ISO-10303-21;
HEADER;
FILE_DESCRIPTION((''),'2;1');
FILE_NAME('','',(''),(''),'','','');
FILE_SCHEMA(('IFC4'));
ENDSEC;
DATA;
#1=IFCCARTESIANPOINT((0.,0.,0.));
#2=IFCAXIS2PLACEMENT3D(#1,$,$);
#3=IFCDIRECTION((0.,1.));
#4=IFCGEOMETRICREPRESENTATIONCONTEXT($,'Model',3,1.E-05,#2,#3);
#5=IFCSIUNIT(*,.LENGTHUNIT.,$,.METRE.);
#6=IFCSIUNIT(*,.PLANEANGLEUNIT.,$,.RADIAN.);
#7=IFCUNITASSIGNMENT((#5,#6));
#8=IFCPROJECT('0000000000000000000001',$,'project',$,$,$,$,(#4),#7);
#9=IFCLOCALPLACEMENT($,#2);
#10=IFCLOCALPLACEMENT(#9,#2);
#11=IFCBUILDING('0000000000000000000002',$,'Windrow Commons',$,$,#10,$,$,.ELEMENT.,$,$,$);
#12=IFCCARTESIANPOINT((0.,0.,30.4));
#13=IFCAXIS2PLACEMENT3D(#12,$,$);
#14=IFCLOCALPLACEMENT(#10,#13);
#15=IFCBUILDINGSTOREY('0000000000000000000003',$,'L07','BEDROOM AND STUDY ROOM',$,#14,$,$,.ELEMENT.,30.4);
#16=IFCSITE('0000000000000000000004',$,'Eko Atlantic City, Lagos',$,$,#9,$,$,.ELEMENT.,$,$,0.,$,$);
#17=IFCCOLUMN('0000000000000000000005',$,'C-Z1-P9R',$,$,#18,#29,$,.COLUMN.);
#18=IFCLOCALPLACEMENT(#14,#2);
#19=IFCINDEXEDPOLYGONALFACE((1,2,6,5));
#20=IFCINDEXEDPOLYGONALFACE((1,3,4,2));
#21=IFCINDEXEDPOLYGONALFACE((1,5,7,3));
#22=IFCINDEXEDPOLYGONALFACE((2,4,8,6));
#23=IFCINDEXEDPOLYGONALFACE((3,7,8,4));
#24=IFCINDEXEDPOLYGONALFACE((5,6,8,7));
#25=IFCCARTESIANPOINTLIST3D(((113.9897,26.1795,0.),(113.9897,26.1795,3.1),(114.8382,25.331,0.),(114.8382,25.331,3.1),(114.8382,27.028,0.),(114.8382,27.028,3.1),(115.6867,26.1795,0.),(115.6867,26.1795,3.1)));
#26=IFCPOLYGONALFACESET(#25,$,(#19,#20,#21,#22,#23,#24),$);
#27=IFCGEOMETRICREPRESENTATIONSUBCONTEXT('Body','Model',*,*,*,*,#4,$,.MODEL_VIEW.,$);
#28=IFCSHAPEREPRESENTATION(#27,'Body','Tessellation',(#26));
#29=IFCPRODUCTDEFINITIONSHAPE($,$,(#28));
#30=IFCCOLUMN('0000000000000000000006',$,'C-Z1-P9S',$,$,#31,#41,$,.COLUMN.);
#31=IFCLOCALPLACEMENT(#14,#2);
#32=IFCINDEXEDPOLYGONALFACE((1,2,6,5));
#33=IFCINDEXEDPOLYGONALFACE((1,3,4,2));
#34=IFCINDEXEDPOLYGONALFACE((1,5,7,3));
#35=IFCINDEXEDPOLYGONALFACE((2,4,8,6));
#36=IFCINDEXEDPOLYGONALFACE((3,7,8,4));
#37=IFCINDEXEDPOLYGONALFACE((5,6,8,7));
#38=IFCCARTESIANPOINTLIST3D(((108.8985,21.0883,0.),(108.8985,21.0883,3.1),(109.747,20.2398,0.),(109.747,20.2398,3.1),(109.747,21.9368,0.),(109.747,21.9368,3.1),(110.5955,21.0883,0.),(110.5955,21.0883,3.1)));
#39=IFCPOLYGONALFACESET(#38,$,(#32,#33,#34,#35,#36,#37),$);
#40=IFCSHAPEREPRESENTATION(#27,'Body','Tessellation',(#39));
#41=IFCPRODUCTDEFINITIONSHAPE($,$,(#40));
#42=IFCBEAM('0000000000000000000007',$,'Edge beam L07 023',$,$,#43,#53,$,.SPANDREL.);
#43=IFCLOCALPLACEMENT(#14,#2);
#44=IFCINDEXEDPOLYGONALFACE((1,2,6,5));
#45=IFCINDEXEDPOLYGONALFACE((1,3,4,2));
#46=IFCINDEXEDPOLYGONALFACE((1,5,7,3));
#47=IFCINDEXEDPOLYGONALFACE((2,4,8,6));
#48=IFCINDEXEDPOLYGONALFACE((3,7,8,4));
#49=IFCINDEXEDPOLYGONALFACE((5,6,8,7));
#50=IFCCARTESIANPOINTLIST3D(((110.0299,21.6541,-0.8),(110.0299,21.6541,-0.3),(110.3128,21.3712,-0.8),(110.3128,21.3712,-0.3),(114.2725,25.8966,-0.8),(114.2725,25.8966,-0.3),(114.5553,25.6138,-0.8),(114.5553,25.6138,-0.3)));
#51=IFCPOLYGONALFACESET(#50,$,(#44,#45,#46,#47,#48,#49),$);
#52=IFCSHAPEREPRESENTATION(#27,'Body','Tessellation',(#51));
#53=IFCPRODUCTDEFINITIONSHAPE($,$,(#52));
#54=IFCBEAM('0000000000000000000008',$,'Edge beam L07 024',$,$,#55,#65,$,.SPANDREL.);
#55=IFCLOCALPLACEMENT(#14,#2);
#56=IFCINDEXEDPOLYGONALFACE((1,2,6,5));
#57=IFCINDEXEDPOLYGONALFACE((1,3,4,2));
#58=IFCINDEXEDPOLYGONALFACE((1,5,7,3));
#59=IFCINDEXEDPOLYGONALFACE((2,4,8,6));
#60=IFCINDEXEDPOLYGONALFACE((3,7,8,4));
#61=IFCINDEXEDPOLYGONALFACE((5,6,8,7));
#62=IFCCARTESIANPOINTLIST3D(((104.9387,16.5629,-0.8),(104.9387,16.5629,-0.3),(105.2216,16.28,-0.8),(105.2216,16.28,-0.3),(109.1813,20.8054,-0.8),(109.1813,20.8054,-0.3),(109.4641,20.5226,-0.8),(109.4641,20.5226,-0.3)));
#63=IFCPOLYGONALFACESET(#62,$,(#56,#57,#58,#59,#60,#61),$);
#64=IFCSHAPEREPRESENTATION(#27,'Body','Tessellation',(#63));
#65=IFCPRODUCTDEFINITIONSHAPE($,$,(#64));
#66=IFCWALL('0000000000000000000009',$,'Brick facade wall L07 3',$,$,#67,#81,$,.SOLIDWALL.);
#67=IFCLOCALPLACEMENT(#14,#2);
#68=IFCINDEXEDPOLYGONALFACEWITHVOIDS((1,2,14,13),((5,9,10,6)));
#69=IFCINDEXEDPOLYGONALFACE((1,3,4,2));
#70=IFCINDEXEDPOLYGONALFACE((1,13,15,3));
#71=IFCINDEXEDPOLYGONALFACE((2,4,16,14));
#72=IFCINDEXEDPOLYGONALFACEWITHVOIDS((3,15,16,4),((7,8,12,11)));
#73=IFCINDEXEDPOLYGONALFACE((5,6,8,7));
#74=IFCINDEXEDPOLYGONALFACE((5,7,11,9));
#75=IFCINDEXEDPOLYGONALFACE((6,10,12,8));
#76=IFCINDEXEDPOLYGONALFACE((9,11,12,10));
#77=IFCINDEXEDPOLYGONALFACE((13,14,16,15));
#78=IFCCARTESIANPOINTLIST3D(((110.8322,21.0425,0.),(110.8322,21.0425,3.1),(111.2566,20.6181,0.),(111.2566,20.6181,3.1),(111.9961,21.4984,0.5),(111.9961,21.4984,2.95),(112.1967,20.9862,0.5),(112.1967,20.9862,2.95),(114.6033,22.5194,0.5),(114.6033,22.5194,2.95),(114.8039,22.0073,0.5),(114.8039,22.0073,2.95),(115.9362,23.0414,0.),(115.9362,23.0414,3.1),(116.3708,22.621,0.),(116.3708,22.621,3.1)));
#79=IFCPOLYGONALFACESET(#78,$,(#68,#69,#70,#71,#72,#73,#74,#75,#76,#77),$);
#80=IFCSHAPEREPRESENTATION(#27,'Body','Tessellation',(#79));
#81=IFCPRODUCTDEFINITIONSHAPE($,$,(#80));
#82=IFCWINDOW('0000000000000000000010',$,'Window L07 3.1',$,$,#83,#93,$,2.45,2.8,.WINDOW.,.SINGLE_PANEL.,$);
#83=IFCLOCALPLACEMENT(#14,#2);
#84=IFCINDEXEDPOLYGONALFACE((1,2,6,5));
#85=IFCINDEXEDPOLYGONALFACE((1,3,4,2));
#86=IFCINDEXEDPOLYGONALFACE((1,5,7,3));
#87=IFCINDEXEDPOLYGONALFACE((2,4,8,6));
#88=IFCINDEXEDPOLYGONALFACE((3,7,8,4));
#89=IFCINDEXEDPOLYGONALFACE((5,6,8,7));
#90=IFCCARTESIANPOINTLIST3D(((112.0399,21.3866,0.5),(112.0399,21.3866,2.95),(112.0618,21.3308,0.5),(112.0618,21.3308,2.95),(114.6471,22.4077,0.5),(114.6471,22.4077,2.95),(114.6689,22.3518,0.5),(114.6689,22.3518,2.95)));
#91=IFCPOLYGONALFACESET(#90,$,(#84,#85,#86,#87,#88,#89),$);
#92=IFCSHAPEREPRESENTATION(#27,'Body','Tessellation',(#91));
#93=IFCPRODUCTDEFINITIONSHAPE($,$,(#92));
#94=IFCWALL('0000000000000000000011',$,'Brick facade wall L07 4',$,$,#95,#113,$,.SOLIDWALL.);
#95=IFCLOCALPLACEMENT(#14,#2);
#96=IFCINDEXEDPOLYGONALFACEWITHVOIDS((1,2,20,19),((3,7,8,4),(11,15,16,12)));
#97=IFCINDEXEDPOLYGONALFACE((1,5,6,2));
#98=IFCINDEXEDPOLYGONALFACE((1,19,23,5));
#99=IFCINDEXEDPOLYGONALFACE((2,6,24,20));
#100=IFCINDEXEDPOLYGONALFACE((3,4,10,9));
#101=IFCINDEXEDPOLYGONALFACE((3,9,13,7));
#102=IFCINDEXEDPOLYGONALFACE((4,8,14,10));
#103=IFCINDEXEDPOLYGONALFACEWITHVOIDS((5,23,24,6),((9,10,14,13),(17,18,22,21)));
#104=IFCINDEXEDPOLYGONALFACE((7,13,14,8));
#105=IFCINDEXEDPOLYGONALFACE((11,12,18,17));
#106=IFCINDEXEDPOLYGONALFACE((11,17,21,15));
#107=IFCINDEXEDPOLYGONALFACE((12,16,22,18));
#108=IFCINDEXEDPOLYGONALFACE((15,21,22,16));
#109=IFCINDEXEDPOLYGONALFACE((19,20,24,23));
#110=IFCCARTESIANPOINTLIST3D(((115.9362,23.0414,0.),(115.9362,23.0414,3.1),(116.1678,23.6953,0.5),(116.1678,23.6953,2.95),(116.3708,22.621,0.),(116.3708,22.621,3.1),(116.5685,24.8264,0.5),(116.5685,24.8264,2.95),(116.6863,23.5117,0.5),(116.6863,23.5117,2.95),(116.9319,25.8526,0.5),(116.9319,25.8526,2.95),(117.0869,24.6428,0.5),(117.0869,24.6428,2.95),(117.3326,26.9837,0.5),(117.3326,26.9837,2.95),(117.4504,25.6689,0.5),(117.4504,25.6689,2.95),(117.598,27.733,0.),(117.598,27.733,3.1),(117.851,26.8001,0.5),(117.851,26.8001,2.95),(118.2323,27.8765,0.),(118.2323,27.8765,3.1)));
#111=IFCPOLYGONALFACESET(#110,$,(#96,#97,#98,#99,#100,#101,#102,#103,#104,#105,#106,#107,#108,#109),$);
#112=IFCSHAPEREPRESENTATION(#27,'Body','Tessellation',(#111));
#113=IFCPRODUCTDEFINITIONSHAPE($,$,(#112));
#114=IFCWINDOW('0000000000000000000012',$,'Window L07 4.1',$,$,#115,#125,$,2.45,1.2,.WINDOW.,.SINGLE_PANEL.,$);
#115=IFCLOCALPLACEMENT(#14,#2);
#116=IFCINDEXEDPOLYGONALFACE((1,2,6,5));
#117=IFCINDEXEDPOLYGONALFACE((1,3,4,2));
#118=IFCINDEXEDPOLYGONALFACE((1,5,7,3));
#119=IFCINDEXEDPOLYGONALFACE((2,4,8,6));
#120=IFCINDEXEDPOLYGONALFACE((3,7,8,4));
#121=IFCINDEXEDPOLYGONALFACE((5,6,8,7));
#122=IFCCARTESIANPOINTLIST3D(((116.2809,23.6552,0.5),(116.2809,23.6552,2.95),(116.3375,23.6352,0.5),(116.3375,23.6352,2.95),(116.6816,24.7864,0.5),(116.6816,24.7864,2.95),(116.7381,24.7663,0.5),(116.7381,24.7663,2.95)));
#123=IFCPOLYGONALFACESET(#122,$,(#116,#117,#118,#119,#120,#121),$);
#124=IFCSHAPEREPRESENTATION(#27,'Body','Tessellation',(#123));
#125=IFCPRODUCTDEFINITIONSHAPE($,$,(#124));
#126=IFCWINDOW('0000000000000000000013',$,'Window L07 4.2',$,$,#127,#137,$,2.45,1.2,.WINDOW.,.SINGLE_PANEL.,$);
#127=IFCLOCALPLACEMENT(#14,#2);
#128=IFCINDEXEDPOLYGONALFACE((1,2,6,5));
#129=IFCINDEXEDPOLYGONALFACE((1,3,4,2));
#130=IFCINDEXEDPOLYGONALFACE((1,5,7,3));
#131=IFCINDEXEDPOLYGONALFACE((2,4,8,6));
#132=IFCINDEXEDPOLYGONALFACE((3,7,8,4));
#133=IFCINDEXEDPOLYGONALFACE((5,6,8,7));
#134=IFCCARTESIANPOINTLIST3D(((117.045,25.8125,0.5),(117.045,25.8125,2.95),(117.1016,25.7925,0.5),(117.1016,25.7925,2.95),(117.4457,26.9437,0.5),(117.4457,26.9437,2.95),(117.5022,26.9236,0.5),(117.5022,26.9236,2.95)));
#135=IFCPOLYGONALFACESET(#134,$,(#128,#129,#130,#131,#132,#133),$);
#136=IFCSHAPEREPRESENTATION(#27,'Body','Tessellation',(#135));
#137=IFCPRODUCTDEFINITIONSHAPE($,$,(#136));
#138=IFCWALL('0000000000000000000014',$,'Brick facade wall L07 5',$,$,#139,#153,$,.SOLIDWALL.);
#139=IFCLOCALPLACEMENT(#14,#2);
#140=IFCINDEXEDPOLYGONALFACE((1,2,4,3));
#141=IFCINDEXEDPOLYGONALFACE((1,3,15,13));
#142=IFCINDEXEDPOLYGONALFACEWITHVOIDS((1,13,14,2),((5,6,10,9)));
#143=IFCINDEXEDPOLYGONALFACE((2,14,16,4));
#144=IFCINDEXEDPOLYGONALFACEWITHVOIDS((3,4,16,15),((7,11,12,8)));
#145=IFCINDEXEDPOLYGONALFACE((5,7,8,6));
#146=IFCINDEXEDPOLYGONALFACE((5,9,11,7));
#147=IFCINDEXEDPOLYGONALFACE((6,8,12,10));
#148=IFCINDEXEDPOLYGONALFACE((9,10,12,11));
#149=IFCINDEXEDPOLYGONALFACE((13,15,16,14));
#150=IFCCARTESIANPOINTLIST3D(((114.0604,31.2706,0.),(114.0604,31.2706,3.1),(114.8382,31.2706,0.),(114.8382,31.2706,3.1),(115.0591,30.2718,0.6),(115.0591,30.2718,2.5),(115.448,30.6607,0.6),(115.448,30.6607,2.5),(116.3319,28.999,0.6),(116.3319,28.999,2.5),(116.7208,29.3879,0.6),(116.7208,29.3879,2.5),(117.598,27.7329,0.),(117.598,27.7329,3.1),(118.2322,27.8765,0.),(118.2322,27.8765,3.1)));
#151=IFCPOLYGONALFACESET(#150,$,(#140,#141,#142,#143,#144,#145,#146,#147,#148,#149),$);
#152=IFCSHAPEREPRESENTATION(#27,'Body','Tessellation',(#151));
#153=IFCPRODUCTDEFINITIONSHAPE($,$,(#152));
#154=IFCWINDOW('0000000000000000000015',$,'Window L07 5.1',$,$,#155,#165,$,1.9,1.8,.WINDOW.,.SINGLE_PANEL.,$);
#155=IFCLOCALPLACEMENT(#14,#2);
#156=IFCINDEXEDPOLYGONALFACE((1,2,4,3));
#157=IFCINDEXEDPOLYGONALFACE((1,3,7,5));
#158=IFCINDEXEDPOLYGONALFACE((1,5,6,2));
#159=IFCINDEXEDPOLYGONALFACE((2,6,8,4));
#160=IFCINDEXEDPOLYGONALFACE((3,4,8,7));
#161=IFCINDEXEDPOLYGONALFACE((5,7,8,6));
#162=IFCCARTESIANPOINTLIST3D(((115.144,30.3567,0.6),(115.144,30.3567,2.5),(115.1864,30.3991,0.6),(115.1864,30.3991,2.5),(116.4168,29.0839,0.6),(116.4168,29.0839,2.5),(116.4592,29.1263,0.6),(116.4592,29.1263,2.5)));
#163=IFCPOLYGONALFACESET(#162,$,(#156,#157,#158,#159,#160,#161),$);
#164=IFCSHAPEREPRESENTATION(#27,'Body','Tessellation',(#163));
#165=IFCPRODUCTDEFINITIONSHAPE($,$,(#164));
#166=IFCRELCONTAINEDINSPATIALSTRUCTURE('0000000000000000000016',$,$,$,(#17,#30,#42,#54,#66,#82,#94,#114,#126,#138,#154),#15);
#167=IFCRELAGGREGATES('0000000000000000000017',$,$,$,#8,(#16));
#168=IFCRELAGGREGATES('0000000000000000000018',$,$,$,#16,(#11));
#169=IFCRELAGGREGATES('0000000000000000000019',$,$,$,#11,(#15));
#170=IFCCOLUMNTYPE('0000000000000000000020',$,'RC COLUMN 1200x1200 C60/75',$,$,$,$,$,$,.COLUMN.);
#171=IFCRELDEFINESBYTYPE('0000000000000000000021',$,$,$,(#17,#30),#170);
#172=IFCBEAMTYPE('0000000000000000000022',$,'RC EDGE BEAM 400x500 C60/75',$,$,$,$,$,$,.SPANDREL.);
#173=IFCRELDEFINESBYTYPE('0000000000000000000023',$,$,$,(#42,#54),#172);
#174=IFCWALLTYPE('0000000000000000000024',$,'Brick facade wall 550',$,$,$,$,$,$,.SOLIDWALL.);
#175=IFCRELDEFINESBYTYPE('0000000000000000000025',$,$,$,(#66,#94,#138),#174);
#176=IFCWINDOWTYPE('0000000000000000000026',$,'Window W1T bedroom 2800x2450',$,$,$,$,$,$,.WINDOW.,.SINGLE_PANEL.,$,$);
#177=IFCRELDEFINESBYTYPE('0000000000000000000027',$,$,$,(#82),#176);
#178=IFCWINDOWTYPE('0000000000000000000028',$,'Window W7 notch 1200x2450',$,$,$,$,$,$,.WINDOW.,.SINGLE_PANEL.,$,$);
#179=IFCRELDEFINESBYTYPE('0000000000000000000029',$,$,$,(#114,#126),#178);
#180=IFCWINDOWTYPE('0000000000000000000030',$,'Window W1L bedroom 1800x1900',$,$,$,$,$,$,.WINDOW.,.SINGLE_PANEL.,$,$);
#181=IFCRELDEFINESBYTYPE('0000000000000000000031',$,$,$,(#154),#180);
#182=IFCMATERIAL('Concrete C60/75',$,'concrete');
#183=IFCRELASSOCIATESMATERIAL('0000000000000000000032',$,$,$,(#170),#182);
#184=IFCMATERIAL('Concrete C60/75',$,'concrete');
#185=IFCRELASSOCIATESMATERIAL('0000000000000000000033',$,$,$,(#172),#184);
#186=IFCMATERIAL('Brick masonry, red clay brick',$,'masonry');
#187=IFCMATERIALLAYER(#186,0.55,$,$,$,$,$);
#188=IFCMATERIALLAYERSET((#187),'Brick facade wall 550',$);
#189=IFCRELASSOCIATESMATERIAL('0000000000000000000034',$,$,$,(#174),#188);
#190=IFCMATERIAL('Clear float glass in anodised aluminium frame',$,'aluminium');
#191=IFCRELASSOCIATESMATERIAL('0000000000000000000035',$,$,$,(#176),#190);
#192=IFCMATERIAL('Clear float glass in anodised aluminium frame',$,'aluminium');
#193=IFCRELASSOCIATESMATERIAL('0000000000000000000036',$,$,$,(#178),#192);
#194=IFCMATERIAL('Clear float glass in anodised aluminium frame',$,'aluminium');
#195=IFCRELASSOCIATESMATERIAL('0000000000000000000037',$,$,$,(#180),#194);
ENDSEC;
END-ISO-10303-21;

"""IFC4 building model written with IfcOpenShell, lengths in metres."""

from ifc_helpers import new_model, si_unit, direction, frame, frame_2d, origin, origin_2d, place, context, subcontext, project, spatial, polyline, rectangle, outline, extrude, material, layer, layer_set, material_profile, profile_set, type_object, element, fill, save


model = new_model("IFC4")

# Units and contexts
model_context = context("Model", 3, precision=1e-05, world=origin(), true_north=direction((0.0, 1.0)))
body_context = subcontext(model_context, "Body", "Model", "MODEL_VIEW")
ifc_project = project(units=[si_unit("LENGTHUNIT", "METRE"), si_unit("PLANEANGLEUNIT", "RADIAN")], contexts=[model_context])

# Site, building, storey
site_placement = place(None, origin())
site = spatial("IfcSite", under=ifc_project, at=site_placement, Name="Eko Atlantic City, Lagos", CompositionType="ELEMENT", RefElevation=0.0)
building_placement = place(site_placement, origin())
building = spatial("IfcBuilding", under=site, at=building_placement, Name="Windrow Commons", CompositionType="ELEMENT")
storey_placement = place(building_placement, frame((0.0, 0.0, 30.4)))
storey = spatial("IfcBuildingStorey", under=building, at=storey_placement, Name="L07", Description="BEDROOM AND STUDY ROOM", CompositionType="ELEMENT", Elevation=30.4)

# Columns
ifc_material_1 = material(Name="Concrete C60/75", Category="concrete")
ifc_material_profile_1 = material_profile(ifc_material_1, rectangle(XDim=1.2, YDim=1.2, at=origin_2d()))
ifc_profile_set_1 = profile_set([ifc_material_profile_1], Name="Concrete C60/75")
column_type = type_object("IfcColumnType", Name="RC COLUMN 1200x1200 C60/75", PredefinedType="COLUMN", material=ifc_profile_set_1)
for number, where, z_axis, x_axis, name in (
    (1, (114.8382, 26.1795, 0.0), (0.0, 0.0, 1.0), (0.707107, -0.707107, 0.0), "C-Z1-P9R"),
    (2, (109.747, 21.0883, 0.0), (0.0, 0.0, 1.0), (0.707107, -0.707107, 0.0), "C-Z1-P9S"),
):
    element("IfcColumn", number, at=place(storey_placement, frame(where, z_axis=z_axis, x_axis=x_axis)), inside=storey, type_object=column_type, Name=name, PredefinedType="COLUMN", context=body_context, shape_type="SweptSolid", body=[
        extrude(rectangle(XDim=1.2, YDim=1.2, at=origin_2d()), origin(), (0.0, 0.0, 1.0), 3.1),
    ])

# Beams
ifc_material_2 = material(Name="Concrete C60/75", Category="concrete")
ifc_material_profile_2 = material_profile(ifc_material_2, rectangle(XDim=0.4, YDim=0.5, at=origin_2d()))
ifc_profile_set_2 = profile_set([ifc_material_profile_2], Name="Concrete C60/75")
beam_type = type_object("IfcBeamType", Name="RC EDGE BEAM 400x500 C60/75", PredefinedType="SPANDREL", material=ifc_profile_set_2)
for number, where, z_axis, x_axis, name in (
    (3, (114.4139, 25.7552, -0.55), (-0.707107, -0.707107, 0.0), (0.707107, -0.707107, 0.0), "Edge beam L07 023"),
    (4, (109.3227, 20.664, -0.55), (-0.707107, -0.707107, 0.0), (0.707107, -0.707107, 0.0), "Edge beam L07 024"),
):
    element("IfcBeam", number, at=place(storey_placement, frame(where, z_axis=z_axis, x_axis=x_axis)), inside=storey, type_object=beam_type, Name=name, PredefinedType="SPANDREL", context=body_context, shape_type="SweptSolid", body=[
        extrude(rectangle(XDim=0.4, YDim=0.5, at=origin_2d()), origin(), (0.0, 0.0, 1.0), 5.9999),
    ])

# Wall, opening, window
ifc_material_3 = material(Name="Brick masonry, red clay brick", Category="masonry")
ifc_layer_1 = layer(ifc_material_3, 0.55)
ifc_layer_set_1 = layer_set([ifc_layer_1], Name="Brick facade wall 550")
wall_type_1 = type_object("IfcWallType", Name="Brick facade wall 550", PredefinedType="SOLIDWALL", material=ifc_layer_set_1)
wall_1_placement = place(storey_placement, frame((111.0444, 20.8303, 0.0), z_axis=(0.0, 0.0, 1.0), x_axis=(0.931138, 0.364666, 0.0)))
wall_1 = element("IfcWall", 5, at=wall_1_placement, inside=storey, type_object=wall_type_1, Name="Brick facade wall L07 3", PredefinedType="SOLIDWALL", context=body_context, shape_type="SweptSolid", body=[
    extrude(outline(polyline([(0.1202, -0.275), (5.6126, -0.275), (5.3613, 0.275), (-0.1202, 0.275), (0.1202, -0.275)])), origin(), (0.0, 0.0, 1.0), 3.1),
])
opening_1_placement = place(wall_1_placement, frame((1.1298, 0.0, 0.5)))
opening_1 = element("IfcOpeningElement", 6, at=opening_1_placement, cuts=wall_1, PredefinedType="OPENING", context=body_context, shape_type="SweptSolid", body=[
    extrude(rectangle(XDim=2.8, YDim=2.45, at=frame_2d((1.4, 1.225))), frame((0.0, 0.285, 0.0), z_axis=(0.0, -1.0, 0.0), x_axis=(1.0, 0.0, 0.0)), (0.0, 0.0, 1.0), 0.57),
])
ifc_material_4 = material(Name="Clear float glass in anodised aluminium frame", Category="aluminium")
window_type_1 = type_object("IfcWindowType", Name="Window W1T bedroom 2800x2450", PartitioningType="SINGLE_PANEL", PredefinedType="WINDOW", material=ifc_material_4)
window_1_placement = place(opening_1_placement, origin())
window_1 = element("IfcWindow", 7, at=window_1_placement, inside=storey, type_object=window_type_1, Name="Window L07 3.1", OverallHeight=2.45, OverallWidth=2.8, PartitioningType="SINGLE_PANEL", PredefinedType="WINDOW", context=body_context, shape_type="SweptSolid", body=[
    extrude(rectangle(XDim=2.8, YDim=2.45, at=frame_2d((1.4, 1.225))), frame((0.0, 0.155, 0.0), z_axis=(0.0, -1.0, 0.0), x_axis=(1.0, 0.0, 0.0)), (0.0, 0.0, 1.0), 0.06),
])
fill(opening_1, window_1)

# Wall, openings, windows
wall_2_placement = place(storey_placement, frame((116.1535, 22.8312, 0.0), z_axis=(0.0, 0.0, 1.0), x_axis=(0.333873, 0.942618, 0.0)))
wall_2 = element("IfcWall", 8, at=wall_2_placement, inside=storey, type_object=wall_type_1, Name="Brick facade wall L07 4", PredefinedType="SOLIDWALL", context=body_context, shape_type="SweptSolid", body=[
    extrude(outline(polyline([(-0.1256, -0.275), (5.4498, -0.275), (5.1028, 0.275), (0.1256, 0.275), (-0.1256, -0.275)])), origin(), (0.0, 0.0, 1.0), 3.1),
])
opening_2_placement = place(wall_2_placement, frame((0.8193, 0.0, 0.5)))
opening_2 = element("IfcOpeningElement", 9, at=opening_2_placement, cuts=wall_2, PredefinedType="OPENING", context=body_context, shape_type="SweptSolid", body=[
    extrude(rectangle(XDim=1.2, YDim=2.45, at=frame_2d((0.6, 1.225))), frame((0.0, 0.285, 0.0), z_axis=(0.0, -1.0, 0.0), x_axis=(1.0, 0.0, 0.0)), (0.0, 0.0, 1.0), 0.57),
])
opening_3_placement = place(wall_2_placement, frame((3.1079, 0.0, 0.5)))
opening_3 = element("IfcOpeningElement", 10, at=opening_3_placement, cuts=wall_2, PredefinedType="OPENING", context=body_context, shape_type="SweptSolid", body=[
    extrude(rectangle(XDim=1.2, YDim=2.45, at=frame_2d((0.6, 1.225))), frame((0.0, 0.285, 0.0), z_axis=(0.0, -1.0, 0.0), x_axis=(1.0, 0.0, 0.0)), (0.0, 0.0, 1.0), 0.57),
])
ifc_material_5 = material(Name="Clear float glass in anodised aluminium frame", Category="aluminium")
window_type_2 = type_object("IfcWindowType", Name="Window W7 notch 1200x2450", PartitioningType="SINGLE_PANEL", PredefinedType="WINDOW", material=ifc_material_5)
window_2_placement = place(opening_2_placement, origin())
window_2 = element("IfcWindow", 11, at=window_2_placement, inside=storey, type_object=window_type_2, Name="Window L07 4.1", OverallHeight=2.45, OverallWidth=1.2, PartitioningType="SINGLE_PANEL", PredefinedType="WINDOW", context=body_context, shape_type="SweptSolid", body=[
    extrude(rectangle(XDim=1.2, YDim=2.45, at=frame_2d((0.6, 1.225))), frame((0.0, 0.155, 0.0), z_axis=(0.0, -1.0, 0.0), x_axis=(1.0, 0.0, 0.0)), (0.0, 0.0, 1.0), 0.06),
])
fill(opening_2, window_2)
window_3_placement = place(opening_3_placement, origin())
window_3 = element("IfcWindow", 12, at=window_3_placement, inside=storey, type_object=window_type_2, Name="Window L07 4.2", OverallHeight=2.45, OverallWidth=1.2, PartitioningType="SINGLE_PANEL", PredefinedType="WINDOW", context=body_context, shape_type="SweptSolid", body=[
    extrude(rectangle(XDim=1.2, YDim=2.45, at=frame_2d((0.6, 1.225))), frame((0.0, 0.155, 0.0), z_axis=(0.0, -1.0, 0.0), x_axis=(1.0, 0.0, 0.0)), (0.0, 0.0, 1.0), 0.06),
])
fill(opening_3, window_3)

# Wall, opening, window
wall_3_placement = place(storey_placement, frame((117.9151, 27.8047, 0.0), z_axis=(0.0, 0.0, 1.0), x_axis=(-0.707097, 0.707117, 0.0)))
wall_3 = element("IfcWall", 13, at=wall_3_placement, inside=storey, type_object=wall_type_1, Name="Brick facade wall L07 5", PredefinedType="SOLIDWALL", context=body_context, shape_type="SweptSolid", body=[
    extrude(outline(polyline([(-0.1735, -0.275), (4.6265, -0.275), (5.1764, 0.275), (0.1735, 0.275), (-0.1735, -0.275)])), origin(), (0.0, 0.0, 1.0), 3.1),
])
opening_4_placement = place(wall_3_placement, frame((1.964, 0.0, 0.6)))
opening_4 = element("IfcOpeningElement", 14, at=opening_4_placement, cuts=wall_3, PredefinedType="OPENING", context=body_context, shape_type="SweptSolid", body=[
    extrude(rectangle(XDim=1.8, YDim=1.9, at=frame_2d((0.9, 0.95))), frame((0.0, 0.285, 0.0), z_axis=(0.0, -1.0, 0.0), x_axis=(1.0, 0.0, 0.0)), (0.0, 0.0, 1.0), 0.57),
])
ifc_material_6 = material(Name="Clear float glass in anodised aluminium frame", Category="aluminium")
window_type_3 = type_object("IfcWindowType", Name="Window W1L bedroom 1800x1900", PartitioningType="SINGLE_PANEL", PredefinedType="WINDOW", material=ifc_material_6)
window_4_placement = place(opening_4_placement, origin())
window_4 = element("IfcWindow", 15, at=window_4_placement, inside=storey, type_object=window_type_3, Name="Window L07 5.1", OverallHeight=1.9, OverallWidth=1.8, PartitioningType="SINGLE_PANEL", PredefinedType="WINDOW", context=body_context, shape_type="SweptSolid", body=[
    extrude(rectangle(XDim=1.8, YDim=1.9, at=frame_2d((0.9, 0.95))), frame((0.0, 0.155, 0.0), z_axis=(0.0, -1.0, 0.0), x_axis=(1.0, 0.0, 0.0)), (0.0, 0.0, 1.0), 0.06),
])
fill(opening_4, window_4)

save(model, "model.ifc")
